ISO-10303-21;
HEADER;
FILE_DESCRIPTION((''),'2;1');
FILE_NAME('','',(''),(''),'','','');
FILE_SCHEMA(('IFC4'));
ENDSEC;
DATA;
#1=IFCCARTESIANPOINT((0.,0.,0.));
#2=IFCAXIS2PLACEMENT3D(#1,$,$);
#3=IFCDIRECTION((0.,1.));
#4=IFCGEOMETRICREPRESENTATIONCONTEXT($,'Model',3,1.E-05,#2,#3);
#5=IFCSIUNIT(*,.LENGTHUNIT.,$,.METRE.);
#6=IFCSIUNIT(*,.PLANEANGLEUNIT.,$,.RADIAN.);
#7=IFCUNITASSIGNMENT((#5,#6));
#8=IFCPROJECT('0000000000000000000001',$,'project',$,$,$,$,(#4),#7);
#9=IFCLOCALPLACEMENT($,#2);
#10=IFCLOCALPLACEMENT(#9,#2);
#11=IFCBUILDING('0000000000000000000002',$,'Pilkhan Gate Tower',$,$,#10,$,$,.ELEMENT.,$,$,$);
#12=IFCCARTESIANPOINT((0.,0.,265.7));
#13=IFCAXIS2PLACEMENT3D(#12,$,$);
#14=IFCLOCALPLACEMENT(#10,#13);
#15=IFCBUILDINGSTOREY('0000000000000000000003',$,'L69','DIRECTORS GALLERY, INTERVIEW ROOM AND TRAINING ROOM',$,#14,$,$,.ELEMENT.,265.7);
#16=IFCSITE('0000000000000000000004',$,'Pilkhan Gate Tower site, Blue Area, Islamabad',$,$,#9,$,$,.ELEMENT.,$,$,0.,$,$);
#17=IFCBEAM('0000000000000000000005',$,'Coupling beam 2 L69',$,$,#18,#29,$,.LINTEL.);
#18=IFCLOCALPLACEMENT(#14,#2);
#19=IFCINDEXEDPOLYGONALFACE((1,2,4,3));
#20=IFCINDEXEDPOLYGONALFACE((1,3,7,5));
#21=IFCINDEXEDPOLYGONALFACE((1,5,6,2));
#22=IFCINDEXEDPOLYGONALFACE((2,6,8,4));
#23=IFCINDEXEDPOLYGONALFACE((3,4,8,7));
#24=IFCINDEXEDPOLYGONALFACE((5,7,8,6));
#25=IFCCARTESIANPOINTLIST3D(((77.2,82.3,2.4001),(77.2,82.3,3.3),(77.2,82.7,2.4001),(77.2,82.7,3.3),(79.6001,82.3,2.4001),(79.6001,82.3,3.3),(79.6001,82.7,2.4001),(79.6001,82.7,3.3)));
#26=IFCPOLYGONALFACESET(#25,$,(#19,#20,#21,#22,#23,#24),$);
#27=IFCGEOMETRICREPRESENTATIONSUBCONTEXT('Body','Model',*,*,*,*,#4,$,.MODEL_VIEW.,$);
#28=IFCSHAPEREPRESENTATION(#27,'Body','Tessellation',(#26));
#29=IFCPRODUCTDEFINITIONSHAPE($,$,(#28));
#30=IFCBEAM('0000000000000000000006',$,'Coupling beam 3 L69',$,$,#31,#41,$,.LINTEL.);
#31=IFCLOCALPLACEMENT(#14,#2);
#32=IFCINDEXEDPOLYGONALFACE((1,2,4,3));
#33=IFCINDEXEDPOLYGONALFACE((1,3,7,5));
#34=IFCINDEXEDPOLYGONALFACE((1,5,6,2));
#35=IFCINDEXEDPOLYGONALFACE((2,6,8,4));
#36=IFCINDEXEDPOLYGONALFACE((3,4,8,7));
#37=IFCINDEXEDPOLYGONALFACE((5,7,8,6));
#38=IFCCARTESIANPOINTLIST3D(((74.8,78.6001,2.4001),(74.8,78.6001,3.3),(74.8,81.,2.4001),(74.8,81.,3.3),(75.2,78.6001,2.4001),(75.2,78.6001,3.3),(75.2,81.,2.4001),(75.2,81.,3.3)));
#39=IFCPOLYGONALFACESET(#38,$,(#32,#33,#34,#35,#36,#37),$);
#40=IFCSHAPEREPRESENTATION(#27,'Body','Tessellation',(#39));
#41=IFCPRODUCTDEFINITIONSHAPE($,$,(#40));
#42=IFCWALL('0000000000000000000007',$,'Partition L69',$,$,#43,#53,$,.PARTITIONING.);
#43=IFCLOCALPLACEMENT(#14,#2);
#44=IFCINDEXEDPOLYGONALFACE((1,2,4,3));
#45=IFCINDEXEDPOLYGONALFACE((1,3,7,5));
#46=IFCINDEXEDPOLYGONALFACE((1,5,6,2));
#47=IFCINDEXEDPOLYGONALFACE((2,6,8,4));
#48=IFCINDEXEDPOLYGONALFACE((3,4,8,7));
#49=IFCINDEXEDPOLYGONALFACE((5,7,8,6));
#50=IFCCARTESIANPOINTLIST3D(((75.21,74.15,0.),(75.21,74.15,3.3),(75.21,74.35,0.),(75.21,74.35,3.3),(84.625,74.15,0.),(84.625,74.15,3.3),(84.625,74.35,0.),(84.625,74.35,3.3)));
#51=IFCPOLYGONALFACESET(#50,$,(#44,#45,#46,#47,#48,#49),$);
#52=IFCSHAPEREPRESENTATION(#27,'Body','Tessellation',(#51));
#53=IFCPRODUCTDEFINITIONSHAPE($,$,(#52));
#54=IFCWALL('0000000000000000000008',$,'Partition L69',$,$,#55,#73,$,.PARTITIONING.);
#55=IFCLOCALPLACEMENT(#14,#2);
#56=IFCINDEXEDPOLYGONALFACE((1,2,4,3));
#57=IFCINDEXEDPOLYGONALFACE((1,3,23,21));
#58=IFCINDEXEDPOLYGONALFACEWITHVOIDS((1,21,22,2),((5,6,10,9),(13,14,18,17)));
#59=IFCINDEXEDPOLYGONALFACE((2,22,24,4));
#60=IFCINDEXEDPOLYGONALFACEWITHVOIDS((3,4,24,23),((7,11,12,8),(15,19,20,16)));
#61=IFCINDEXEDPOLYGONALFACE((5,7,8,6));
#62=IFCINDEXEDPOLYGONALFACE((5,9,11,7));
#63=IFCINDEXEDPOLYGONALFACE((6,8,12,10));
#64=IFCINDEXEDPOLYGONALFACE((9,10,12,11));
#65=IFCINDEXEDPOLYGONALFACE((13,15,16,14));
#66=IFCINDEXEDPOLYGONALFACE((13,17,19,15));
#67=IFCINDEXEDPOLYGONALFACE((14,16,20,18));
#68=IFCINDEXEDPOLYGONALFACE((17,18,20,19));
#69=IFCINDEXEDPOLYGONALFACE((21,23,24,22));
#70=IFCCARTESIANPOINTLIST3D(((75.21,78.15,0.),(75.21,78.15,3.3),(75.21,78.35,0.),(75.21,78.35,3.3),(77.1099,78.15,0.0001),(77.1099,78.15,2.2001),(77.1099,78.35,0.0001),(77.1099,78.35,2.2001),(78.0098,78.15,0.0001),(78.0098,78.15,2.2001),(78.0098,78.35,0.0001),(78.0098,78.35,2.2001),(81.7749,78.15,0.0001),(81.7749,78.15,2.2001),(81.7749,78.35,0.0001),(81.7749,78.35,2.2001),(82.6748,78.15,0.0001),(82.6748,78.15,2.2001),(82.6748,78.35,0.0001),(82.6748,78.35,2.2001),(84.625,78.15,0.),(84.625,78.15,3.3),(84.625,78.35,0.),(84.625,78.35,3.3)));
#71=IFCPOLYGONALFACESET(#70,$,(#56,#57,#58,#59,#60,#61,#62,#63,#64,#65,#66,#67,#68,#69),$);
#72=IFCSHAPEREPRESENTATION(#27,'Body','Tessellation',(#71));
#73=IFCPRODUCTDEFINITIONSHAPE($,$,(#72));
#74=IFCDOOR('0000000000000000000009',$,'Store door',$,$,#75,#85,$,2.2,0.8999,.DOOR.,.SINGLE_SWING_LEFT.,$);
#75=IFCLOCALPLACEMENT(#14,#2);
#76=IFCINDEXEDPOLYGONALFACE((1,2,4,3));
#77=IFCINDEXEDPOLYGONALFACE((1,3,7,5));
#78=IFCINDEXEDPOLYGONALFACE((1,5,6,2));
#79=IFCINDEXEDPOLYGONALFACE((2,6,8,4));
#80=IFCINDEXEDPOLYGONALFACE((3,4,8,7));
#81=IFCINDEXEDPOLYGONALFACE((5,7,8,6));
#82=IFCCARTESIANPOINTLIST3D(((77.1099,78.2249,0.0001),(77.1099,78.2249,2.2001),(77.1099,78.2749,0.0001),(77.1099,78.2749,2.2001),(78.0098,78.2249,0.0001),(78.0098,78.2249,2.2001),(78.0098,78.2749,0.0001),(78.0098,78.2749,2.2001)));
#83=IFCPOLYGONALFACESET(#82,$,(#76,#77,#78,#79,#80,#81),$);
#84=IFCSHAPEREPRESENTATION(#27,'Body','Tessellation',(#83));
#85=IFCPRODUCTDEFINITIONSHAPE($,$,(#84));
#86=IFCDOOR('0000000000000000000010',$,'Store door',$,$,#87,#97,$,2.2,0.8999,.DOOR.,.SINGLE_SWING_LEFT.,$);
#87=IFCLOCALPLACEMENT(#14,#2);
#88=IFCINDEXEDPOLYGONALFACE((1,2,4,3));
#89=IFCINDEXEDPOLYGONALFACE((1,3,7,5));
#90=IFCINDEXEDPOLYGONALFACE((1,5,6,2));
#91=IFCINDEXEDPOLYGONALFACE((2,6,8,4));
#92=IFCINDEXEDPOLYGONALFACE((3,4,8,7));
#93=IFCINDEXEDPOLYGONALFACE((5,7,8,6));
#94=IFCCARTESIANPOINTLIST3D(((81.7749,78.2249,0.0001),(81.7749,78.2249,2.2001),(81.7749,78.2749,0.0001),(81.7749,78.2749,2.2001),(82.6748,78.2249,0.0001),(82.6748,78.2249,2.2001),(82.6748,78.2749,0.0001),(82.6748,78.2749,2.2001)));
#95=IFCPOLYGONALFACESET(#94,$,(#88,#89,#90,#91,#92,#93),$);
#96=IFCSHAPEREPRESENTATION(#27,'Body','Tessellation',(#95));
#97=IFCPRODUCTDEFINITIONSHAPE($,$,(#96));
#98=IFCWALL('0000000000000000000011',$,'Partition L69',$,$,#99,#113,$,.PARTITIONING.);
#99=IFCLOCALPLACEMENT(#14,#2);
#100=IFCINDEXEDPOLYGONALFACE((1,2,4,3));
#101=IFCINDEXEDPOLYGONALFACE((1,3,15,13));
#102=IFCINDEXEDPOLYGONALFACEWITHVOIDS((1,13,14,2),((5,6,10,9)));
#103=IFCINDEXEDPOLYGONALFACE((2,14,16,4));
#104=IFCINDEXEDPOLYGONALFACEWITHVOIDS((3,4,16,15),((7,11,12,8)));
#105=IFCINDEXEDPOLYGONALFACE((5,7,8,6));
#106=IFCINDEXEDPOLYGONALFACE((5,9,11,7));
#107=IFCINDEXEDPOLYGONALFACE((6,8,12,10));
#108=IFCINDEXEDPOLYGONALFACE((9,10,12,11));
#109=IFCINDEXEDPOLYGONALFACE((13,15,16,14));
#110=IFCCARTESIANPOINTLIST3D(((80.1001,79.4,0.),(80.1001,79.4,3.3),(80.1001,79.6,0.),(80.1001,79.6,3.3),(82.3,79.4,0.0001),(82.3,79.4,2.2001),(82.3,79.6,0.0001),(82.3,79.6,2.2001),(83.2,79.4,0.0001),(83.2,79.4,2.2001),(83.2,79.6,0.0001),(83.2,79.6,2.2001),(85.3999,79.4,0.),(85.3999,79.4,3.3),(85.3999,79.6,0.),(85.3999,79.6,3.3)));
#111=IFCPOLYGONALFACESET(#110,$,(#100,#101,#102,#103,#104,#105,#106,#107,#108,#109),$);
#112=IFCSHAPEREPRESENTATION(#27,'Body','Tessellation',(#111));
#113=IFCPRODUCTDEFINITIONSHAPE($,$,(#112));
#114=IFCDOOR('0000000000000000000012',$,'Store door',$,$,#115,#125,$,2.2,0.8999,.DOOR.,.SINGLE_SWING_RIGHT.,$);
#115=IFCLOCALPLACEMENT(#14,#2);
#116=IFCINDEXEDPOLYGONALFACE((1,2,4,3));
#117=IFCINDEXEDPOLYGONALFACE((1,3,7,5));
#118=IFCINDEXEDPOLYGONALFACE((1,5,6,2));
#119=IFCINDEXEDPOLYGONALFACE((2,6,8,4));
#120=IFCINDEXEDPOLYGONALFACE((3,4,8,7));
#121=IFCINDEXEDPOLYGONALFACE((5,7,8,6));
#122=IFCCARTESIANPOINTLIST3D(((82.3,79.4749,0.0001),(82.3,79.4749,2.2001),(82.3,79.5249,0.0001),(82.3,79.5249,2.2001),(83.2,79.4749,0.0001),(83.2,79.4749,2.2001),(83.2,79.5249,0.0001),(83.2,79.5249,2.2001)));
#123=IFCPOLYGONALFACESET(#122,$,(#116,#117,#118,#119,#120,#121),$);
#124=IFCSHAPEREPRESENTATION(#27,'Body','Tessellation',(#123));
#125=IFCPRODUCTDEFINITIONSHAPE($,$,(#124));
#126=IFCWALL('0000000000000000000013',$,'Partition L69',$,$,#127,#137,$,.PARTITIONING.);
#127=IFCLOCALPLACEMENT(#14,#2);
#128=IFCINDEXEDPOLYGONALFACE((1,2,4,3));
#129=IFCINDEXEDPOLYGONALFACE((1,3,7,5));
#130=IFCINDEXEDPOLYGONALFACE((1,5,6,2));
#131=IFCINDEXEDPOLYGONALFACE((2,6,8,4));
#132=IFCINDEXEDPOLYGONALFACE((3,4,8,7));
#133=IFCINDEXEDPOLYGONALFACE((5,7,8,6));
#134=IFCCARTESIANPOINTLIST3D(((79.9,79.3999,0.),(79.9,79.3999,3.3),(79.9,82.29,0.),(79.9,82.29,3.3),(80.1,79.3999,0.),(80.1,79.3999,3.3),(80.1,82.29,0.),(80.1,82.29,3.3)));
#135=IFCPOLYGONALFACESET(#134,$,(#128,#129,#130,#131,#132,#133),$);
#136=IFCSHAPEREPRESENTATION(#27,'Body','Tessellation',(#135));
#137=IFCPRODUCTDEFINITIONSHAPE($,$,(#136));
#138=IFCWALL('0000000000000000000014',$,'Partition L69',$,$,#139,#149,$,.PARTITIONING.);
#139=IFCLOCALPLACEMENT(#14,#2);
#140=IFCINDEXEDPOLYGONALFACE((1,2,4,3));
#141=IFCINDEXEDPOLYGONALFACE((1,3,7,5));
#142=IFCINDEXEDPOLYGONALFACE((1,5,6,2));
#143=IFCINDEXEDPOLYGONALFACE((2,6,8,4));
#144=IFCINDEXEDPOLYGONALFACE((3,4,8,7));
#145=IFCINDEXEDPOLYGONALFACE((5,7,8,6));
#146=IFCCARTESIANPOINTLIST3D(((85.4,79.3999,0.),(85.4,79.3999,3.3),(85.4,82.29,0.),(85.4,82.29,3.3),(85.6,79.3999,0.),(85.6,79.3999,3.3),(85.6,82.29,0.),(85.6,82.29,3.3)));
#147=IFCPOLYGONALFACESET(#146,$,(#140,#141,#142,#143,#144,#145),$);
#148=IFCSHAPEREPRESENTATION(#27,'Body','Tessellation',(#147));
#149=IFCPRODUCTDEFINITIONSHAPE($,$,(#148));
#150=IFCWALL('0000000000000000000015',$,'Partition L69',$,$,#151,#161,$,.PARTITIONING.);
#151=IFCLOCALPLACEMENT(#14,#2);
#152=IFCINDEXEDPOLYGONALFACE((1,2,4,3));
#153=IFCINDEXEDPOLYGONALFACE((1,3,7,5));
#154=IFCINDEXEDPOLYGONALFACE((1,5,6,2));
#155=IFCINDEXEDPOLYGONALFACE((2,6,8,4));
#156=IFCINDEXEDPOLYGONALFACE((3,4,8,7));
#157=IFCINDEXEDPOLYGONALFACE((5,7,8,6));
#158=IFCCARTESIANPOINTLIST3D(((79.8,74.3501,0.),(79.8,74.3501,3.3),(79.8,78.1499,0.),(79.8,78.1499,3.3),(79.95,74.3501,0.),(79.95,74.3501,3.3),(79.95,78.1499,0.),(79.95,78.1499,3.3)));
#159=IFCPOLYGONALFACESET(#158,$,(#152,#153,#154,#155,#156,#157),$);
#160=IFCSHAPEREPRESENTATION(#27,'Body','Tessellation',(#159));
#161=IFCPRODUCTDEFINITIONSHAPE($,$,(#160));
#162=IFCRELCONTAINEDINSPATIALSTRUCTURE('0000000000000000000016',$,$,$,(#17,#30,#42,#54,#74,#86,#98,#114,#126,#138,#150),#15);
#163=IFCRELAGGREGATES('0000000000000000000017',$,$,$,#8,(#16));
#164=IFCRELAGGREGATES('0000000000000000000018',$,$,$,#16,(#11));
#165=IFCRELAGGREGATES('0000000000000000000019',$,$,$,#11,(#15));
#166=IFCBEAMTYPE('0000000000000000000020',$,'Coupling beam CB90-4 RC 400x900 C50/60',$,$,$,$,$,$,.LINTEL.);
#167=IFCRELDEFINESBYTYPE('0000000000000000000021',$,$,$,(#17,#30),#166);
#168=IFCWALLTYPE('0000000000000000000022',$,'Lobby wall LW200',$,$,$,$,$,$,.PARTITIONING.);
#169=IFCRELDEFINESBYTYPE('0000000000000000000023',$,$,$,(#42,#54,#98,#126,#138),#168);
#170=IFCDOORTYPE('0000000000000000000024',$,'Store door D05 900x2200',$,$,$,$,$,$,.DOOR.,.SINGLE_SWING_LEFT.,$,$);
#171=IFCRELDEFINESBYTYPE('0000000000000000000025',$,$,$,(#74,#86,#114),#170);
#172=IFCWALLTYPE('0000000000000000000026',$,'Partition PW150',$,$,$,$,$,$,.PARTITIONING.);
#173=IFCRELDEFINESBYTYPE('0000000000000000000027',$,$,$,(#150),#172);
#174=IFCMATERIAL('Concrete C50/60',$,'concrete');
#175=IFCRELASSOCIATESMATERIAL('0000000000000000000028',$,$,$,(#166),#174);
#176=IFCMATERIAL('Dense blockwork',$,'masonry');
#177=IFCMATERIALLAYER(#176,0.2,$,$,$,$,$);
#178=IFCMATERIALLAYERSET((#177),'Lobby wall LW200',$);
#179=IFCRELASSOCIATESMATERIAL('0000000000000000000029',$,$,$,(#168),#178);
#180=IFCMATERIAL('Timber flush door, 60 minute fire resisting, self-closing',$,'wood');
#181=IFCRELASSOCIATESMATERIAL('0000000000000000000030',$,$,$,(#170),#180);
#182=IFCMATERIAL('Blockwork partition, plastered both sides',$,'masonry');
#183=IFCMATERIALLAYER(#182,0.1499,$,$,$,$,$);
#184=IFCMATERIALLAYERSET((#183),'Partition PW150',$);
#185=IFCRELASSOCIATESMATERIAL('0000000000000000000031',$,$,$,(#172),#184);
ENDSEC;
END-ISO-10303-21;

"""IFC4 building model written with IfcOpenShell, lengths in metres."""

from ifc_helpers import new_model, si_unit, direction, frame, frame_2d, origin, origin_2d, place, context, subcontext, project, spatial, rectangle, extrude, material, layer, layer_set, material_profile, profile_set, type_object, element, fill, save


model = new_model("IFC4")

# Units and contexts
model_context = context("Model", 3, precision=1e-05, world=origin(), true_north=direction((0.0, 1.0)))
body_context = subcontext(model_context, "Body", "Model", "MODEL_VIEW")
ifc_project = project(units=[si_unit("LENGTHUNIT", "METRE"), si_unit("PLANEANGLEUNIT", "RADIAN")], contexts=[model_context])

# Site, building, storey
site_placement = place(None, origin())
site = spatial("IfcSite", under=ifc_project, at=site_placement, Name="Pilkhan Gate Tower site, Blue Area, Islamabad", CompositionType="ELEMENT", RefElevation=0.0)
building_placement = place(site_placement, origin())
building = spatial("IfcBuilding", under=site, at=building_placement, Name="Pilkhan Gate Tower", CompositionType="ELEMENT")
storey_placement = place(building_placement, frame((0.0, 0.0, 265.7)))
storey = spatial("IfcBuildingStorey", under=building, at=storey_placement, Name="L69", Description="DIRECTORS GALLERY, INTERVIEW ROOM AND TRAINING ROOM", CompositionType="ELEMENT", Elevation=265.7)

# Beams
ifc_material_1 = material(Name="Concrete C50/60", Category="concrete")
ifc_material_profile = material_profile(ifc_material_1, rectangle(XDim=0.3999, YDim=0.8999, at=origin_2d()), Name="RC 400x900")
ifc_profile_set = profile_set([ifc_material_profile], Name="Concrete C50/60")
beam_type = type_object("IfcBeamType", Name="Coupling beam CB90-4 RC 400x900 C50/60", PredefinedType="LINTEL", material=ifc_profile_set)
beam_1_placement = place(storey_placement, frame((77.2, 82.5, 2.8501), z_axis=(1.0, 0.0, 0.0), x_axis=(0.0, 1.0, 0.0)))
element("IfcBeam", 1, at=beam_1_placement, inside=storey, type_object=beam_type, Name="Coupling beam 2 L69", PredefinedType="LINTEL", context=body_context, shape_type="SweptSolid", body=[
    extrude(rectangle(XDim=0.3999, YDim=0.8999, at=origin_2d()), origin(), (0.0, 0.0, 1.0), 2.4001),
])
beam_2_placement = place(storey_placement, frame((75.0, 78.6001, 2.8501), z_axis=(0.0, 1.0, 0.0), x_axis=(-1.0, 0.0, 0.0)))
element("IfcBeam", 2, at=beam_2_placement, inside=storey, type_object=beam_type, Name="Coupling beam 3 L69", PredefinedType="LINTEL", context=body_context, shape_type="SweptSolid", body=[
    extrude(rectangle(XDim=0.3999, YDim=0.8999, at=origin_2d()), origin(), (0.0, 0.0, 1.0), 2.3999),
])

# Wall
ifc_material_2 = material(Name="Dense blockwork", Category="masonry")
ifc_layer_1 = layer(ifc_material_2, 0.2)
ifc_layer_set_1 = layer_set([ifc_layer_1], Name="Lobby wall LW200")
wall_type_1 = type_object("IfcWallType", Name="Lobby wall LW200", PredefinedType="PARTITIONING", material=ifc_layer_set_1)
wall_1_placement = place(storey_placement, frame((75.21, 74.25, 0.0), z_axis=(0.0, 0.0, 1.0), x_axis=(1.0, 0.0, 0.0)))
element("IfcWall", 3, at=wall_1_placement, inside=storey, type_object=wall_type_1, Name="Partition L69", PredefinedType="PARTITIONING", context=body_context, shape_type="SweptSolid", body=[
    extrude(rectangle(XDim=9.415, YDim=0.2, at=frame_2d((4.7075, 0.0))), origin(), (0.0, 0.0, 1.0), 3.3),
])

# Wall, openings, doors
wall_2_placement = place(storey_placement, frame((75.21, 78.25, 0.0), z_axis=(0.0, 0.0, 1.0), x_axis=(1.0, 0.0, 0.0)))
wall_2 = element("IfcWall", 4, at=wall_2_placement, inside=storey, type_object=wall_type_1, Name="Partition L69", PredefinedType="PARTITIONING", context=body_context, shape_type="SweptSolid", body=[
    extrude(rectangle(XDim=9.415, YDim=0.2, at=frame_2d((4.7075, 0.0))), origin(), (0.0, 0.0, 1.0), 3.3),
])
opening_1_placement = place(wall_2_placement, frame((1.8999, 0.0, 0.0)))
opening_1 = element("IfcOpeningElement", 5, at=opening_1_placement, cuts=wall_2, PredefinedType="OPENING", context=body_context, shape_type="SweptSolid", body=[
    extrude(rectangle(XDim=0.8999, YDim=2.2, at=frame_2d((0.45, 1.1001))), frame((0.0, 0.1099, 0.0), z_axis=(0.0, -1.0, 0.0), x_axis=(1.0, 0.0, 0.0)), (0.0, 0.0, 1.0), 0.22),
])
opening_2_placement = place(wall_2_placement, frame((6.5649, 0.0, 0.0)))
opening_2 = element("IfcOpeningElement", 6, at=opening_2_placement, cuts=wall_2, PredefinedType="OPENING", context=body_context, shape_type="SweptSolid", body=[
    extrude(rectangle(XDim=0.8999, YDim=2.2, at=frame_2d((0.45, 1.1001))), frame((0.0, 0.1099, 0.0), z_axis=(0.0, -1.0, 0.0), x_axis=(1.0, 0.0, 0.0)), (0.0, 0.0, 1.0), 0.22),
])
ifc_material_3 = material(Name="Timber flush door, 60 minute fire resisting, self-closing", Category="wood")
door_type_1 = type_object("IfcDoorType", Name="Store door D05 900x2200", OperationType="SINGLE_SWING_LEFT", PredefinedType="DOOR", material=ifc_material_3)
door_1_placement = place(opening_1_placement, origin())
door_1 = element("IfcDoor", 7, at=door_1_placement, inside=storey, type_object=door_type_1, Name="Store door", OperationType="SINGLE_SWING_LEFT", OverallHeight=2.2, OverallWidth=0.8999, PredefinedType="DOOR", context=body_context, shape_type="SweptSolid", body=[
    extrude(rectangle(XDim=0.8999, YDim=2.2, at=frame_2d((0.45, 1.1001))), frame((0.0, 0.0249, 0.0), z_axis=(0.0, -1.0, 0.0), x_axis=(1.0, 0.0, 0.0)), (0.0, 0.0, 1.0), 0.05),
])
fill(opening_1, door_1)
door_2_placement = place(opening_2_placement, origin())
door_2 = element("IfcDoor", 8, at=door_2_placement, inside=storey, type_object=door_type_1, Name="Store door", OperationType="SINGLE_SWING_LEFT", OverallHeight=2.2, OverallWidth=0.8999, PredefinedType="DOOR", context=body_context, shape_type="SweptSolid", body=[
    extrude(rectangle(XDim=0.8999, YDim=2.2, at=frame_2d((0.45, 1.1001))), frame((0.0, 0.0249, 0.0), z_axis=(0.0, -1.0, 0.0), x_axis=(1.0, 0.0, 0.0)), (0.0, 0.0, 1.0), 0.05),
])
fill(opening_2, door_2)

# Wall, opening, door
wall_3_placement = place(storey_placement, frame((80.1001, 79.5, 0.0), z_axis=(0.0, 0.0, 1.0), x_axis=(1.0, 0.0, 0.0)))
wall_3 = element("IfcWall", 9, at=wall_3_placement, inside=storey, type_object=wall_type_1, Name="Partition L69", PredefinedType="PARTITIONING", context=body_context, shape_type="SweptSolid", body=[
    extrude(rectangle(XDim=5.2998, YDim=0.2, at=frame_2d((2.6499, 0.0))), origin(), (0.0, 0.0, 1.0), 3.3),
])
opening_3_placement = place(wall_3_placement, frame((2.2, 0.0, 0.0)))
opening_3 = element("IfcOpeningElement", 10, at=opening_3_placement, cuts=wall_3, PredefinedType="OPENING", context=body_context, shape_type="SweptSolid", body=[
    extrude(rectangle(XDim=0.8999, YDim=2.2, at=frame_2d((0.45, 1.1001))), frame((0.0, 0.1099, 0.0), z_axis=(0.0, -1.0, 0.0), x_axis=(1.0, 0.0, 0.0)), (0.0, 0.0, 1.0), 0.22),
])
door_3_placement = place(opening_3_placement, origin())
door_3 = element("IfcDoor", 11, at=door_3_placement, inside=storey, type_object=door_type_1, Name="Store door", OperationType="SINGLE_SWING_RIGHT", OverallHeight=2.2, OverallWidth=0.8999, PredefinedType="DOOR", context=body_context, shape_type="SweptSolid", body=[
    extrude(rectangle(XDim=0.8999, YDim=2.2, at=frame_2d((0.45, 1.1001))), frame((0.0, 0.0249, 0.0), z_axis=(0.0, -1.0, 0.0), x_axis=(1.0, 0.0, 0.0)), (0.0, 0.0, 1.0), 0.05),
])
fill(opening_3, door_3)

# Walls
for number, where, z_axis, x_axis, name in (
    (12, (80.0, 79.3999, 0.0), (0.0, 0.0, 1.0), (0.0, 1.0, 0.0), "Partition L69"),
    (13, (85.5, 79.3999, 0.0), (0.0, 0.0, 1.0), (0.0, 1.0, 0.0), "Partition L69"),
):
    element("IfcWall", number, at=place(storey_placement, frame(where, z_axis=z_axis, x_axis=x_axis)), inside=storey, type_object=wall_type_1, Name=name, PredefinedType="PARTITIONING", context=body_context, shape_type="SweptSolid", body=[
        extrude(rectangle(XDim=2.8901, YDim=0.2, at=frame_2d((1.4451, 0.0))), origin(), (0.0, 0.0, 1.0), 3.3),
    ])
ifc_material_4 = material(Name="Blockwork partition, plastered both sides", Category="masonry")
ifc_layer_2 = layer(ifc_material_4, 0.1499)
ifc_layer_set_2 = layer_set([ifc_layer_2], Name="Partition PW150")
wall_type_2 = type_object("IfcWallType", Name="Partition PW150", PredefinedType="PARTITIONING", material=ifc_layer_set_2)
wall_4_placement = place(storey_placement, frame((79.875, 74.3501, 0.0), z_axis=(0.0, 0.0, 1.0), x_axis=(0.0, 1.0, 0.0)))
element("IfcWall", 14, at=wall_4_placement, inside=storey, type_object=wall_type_2, Name="Partition L69", PredefinedType="PARTITIONING", context=body_context, shape_type="SweptSolid", body=[
    extrude(rectangle(XDim=3.7998, YDim=0.1499, at=frame_2d((1.8999, 0.0))), origin(), (0.0, 0.0, 1.0), 3.3),
])

save(model, "model.ifc")
